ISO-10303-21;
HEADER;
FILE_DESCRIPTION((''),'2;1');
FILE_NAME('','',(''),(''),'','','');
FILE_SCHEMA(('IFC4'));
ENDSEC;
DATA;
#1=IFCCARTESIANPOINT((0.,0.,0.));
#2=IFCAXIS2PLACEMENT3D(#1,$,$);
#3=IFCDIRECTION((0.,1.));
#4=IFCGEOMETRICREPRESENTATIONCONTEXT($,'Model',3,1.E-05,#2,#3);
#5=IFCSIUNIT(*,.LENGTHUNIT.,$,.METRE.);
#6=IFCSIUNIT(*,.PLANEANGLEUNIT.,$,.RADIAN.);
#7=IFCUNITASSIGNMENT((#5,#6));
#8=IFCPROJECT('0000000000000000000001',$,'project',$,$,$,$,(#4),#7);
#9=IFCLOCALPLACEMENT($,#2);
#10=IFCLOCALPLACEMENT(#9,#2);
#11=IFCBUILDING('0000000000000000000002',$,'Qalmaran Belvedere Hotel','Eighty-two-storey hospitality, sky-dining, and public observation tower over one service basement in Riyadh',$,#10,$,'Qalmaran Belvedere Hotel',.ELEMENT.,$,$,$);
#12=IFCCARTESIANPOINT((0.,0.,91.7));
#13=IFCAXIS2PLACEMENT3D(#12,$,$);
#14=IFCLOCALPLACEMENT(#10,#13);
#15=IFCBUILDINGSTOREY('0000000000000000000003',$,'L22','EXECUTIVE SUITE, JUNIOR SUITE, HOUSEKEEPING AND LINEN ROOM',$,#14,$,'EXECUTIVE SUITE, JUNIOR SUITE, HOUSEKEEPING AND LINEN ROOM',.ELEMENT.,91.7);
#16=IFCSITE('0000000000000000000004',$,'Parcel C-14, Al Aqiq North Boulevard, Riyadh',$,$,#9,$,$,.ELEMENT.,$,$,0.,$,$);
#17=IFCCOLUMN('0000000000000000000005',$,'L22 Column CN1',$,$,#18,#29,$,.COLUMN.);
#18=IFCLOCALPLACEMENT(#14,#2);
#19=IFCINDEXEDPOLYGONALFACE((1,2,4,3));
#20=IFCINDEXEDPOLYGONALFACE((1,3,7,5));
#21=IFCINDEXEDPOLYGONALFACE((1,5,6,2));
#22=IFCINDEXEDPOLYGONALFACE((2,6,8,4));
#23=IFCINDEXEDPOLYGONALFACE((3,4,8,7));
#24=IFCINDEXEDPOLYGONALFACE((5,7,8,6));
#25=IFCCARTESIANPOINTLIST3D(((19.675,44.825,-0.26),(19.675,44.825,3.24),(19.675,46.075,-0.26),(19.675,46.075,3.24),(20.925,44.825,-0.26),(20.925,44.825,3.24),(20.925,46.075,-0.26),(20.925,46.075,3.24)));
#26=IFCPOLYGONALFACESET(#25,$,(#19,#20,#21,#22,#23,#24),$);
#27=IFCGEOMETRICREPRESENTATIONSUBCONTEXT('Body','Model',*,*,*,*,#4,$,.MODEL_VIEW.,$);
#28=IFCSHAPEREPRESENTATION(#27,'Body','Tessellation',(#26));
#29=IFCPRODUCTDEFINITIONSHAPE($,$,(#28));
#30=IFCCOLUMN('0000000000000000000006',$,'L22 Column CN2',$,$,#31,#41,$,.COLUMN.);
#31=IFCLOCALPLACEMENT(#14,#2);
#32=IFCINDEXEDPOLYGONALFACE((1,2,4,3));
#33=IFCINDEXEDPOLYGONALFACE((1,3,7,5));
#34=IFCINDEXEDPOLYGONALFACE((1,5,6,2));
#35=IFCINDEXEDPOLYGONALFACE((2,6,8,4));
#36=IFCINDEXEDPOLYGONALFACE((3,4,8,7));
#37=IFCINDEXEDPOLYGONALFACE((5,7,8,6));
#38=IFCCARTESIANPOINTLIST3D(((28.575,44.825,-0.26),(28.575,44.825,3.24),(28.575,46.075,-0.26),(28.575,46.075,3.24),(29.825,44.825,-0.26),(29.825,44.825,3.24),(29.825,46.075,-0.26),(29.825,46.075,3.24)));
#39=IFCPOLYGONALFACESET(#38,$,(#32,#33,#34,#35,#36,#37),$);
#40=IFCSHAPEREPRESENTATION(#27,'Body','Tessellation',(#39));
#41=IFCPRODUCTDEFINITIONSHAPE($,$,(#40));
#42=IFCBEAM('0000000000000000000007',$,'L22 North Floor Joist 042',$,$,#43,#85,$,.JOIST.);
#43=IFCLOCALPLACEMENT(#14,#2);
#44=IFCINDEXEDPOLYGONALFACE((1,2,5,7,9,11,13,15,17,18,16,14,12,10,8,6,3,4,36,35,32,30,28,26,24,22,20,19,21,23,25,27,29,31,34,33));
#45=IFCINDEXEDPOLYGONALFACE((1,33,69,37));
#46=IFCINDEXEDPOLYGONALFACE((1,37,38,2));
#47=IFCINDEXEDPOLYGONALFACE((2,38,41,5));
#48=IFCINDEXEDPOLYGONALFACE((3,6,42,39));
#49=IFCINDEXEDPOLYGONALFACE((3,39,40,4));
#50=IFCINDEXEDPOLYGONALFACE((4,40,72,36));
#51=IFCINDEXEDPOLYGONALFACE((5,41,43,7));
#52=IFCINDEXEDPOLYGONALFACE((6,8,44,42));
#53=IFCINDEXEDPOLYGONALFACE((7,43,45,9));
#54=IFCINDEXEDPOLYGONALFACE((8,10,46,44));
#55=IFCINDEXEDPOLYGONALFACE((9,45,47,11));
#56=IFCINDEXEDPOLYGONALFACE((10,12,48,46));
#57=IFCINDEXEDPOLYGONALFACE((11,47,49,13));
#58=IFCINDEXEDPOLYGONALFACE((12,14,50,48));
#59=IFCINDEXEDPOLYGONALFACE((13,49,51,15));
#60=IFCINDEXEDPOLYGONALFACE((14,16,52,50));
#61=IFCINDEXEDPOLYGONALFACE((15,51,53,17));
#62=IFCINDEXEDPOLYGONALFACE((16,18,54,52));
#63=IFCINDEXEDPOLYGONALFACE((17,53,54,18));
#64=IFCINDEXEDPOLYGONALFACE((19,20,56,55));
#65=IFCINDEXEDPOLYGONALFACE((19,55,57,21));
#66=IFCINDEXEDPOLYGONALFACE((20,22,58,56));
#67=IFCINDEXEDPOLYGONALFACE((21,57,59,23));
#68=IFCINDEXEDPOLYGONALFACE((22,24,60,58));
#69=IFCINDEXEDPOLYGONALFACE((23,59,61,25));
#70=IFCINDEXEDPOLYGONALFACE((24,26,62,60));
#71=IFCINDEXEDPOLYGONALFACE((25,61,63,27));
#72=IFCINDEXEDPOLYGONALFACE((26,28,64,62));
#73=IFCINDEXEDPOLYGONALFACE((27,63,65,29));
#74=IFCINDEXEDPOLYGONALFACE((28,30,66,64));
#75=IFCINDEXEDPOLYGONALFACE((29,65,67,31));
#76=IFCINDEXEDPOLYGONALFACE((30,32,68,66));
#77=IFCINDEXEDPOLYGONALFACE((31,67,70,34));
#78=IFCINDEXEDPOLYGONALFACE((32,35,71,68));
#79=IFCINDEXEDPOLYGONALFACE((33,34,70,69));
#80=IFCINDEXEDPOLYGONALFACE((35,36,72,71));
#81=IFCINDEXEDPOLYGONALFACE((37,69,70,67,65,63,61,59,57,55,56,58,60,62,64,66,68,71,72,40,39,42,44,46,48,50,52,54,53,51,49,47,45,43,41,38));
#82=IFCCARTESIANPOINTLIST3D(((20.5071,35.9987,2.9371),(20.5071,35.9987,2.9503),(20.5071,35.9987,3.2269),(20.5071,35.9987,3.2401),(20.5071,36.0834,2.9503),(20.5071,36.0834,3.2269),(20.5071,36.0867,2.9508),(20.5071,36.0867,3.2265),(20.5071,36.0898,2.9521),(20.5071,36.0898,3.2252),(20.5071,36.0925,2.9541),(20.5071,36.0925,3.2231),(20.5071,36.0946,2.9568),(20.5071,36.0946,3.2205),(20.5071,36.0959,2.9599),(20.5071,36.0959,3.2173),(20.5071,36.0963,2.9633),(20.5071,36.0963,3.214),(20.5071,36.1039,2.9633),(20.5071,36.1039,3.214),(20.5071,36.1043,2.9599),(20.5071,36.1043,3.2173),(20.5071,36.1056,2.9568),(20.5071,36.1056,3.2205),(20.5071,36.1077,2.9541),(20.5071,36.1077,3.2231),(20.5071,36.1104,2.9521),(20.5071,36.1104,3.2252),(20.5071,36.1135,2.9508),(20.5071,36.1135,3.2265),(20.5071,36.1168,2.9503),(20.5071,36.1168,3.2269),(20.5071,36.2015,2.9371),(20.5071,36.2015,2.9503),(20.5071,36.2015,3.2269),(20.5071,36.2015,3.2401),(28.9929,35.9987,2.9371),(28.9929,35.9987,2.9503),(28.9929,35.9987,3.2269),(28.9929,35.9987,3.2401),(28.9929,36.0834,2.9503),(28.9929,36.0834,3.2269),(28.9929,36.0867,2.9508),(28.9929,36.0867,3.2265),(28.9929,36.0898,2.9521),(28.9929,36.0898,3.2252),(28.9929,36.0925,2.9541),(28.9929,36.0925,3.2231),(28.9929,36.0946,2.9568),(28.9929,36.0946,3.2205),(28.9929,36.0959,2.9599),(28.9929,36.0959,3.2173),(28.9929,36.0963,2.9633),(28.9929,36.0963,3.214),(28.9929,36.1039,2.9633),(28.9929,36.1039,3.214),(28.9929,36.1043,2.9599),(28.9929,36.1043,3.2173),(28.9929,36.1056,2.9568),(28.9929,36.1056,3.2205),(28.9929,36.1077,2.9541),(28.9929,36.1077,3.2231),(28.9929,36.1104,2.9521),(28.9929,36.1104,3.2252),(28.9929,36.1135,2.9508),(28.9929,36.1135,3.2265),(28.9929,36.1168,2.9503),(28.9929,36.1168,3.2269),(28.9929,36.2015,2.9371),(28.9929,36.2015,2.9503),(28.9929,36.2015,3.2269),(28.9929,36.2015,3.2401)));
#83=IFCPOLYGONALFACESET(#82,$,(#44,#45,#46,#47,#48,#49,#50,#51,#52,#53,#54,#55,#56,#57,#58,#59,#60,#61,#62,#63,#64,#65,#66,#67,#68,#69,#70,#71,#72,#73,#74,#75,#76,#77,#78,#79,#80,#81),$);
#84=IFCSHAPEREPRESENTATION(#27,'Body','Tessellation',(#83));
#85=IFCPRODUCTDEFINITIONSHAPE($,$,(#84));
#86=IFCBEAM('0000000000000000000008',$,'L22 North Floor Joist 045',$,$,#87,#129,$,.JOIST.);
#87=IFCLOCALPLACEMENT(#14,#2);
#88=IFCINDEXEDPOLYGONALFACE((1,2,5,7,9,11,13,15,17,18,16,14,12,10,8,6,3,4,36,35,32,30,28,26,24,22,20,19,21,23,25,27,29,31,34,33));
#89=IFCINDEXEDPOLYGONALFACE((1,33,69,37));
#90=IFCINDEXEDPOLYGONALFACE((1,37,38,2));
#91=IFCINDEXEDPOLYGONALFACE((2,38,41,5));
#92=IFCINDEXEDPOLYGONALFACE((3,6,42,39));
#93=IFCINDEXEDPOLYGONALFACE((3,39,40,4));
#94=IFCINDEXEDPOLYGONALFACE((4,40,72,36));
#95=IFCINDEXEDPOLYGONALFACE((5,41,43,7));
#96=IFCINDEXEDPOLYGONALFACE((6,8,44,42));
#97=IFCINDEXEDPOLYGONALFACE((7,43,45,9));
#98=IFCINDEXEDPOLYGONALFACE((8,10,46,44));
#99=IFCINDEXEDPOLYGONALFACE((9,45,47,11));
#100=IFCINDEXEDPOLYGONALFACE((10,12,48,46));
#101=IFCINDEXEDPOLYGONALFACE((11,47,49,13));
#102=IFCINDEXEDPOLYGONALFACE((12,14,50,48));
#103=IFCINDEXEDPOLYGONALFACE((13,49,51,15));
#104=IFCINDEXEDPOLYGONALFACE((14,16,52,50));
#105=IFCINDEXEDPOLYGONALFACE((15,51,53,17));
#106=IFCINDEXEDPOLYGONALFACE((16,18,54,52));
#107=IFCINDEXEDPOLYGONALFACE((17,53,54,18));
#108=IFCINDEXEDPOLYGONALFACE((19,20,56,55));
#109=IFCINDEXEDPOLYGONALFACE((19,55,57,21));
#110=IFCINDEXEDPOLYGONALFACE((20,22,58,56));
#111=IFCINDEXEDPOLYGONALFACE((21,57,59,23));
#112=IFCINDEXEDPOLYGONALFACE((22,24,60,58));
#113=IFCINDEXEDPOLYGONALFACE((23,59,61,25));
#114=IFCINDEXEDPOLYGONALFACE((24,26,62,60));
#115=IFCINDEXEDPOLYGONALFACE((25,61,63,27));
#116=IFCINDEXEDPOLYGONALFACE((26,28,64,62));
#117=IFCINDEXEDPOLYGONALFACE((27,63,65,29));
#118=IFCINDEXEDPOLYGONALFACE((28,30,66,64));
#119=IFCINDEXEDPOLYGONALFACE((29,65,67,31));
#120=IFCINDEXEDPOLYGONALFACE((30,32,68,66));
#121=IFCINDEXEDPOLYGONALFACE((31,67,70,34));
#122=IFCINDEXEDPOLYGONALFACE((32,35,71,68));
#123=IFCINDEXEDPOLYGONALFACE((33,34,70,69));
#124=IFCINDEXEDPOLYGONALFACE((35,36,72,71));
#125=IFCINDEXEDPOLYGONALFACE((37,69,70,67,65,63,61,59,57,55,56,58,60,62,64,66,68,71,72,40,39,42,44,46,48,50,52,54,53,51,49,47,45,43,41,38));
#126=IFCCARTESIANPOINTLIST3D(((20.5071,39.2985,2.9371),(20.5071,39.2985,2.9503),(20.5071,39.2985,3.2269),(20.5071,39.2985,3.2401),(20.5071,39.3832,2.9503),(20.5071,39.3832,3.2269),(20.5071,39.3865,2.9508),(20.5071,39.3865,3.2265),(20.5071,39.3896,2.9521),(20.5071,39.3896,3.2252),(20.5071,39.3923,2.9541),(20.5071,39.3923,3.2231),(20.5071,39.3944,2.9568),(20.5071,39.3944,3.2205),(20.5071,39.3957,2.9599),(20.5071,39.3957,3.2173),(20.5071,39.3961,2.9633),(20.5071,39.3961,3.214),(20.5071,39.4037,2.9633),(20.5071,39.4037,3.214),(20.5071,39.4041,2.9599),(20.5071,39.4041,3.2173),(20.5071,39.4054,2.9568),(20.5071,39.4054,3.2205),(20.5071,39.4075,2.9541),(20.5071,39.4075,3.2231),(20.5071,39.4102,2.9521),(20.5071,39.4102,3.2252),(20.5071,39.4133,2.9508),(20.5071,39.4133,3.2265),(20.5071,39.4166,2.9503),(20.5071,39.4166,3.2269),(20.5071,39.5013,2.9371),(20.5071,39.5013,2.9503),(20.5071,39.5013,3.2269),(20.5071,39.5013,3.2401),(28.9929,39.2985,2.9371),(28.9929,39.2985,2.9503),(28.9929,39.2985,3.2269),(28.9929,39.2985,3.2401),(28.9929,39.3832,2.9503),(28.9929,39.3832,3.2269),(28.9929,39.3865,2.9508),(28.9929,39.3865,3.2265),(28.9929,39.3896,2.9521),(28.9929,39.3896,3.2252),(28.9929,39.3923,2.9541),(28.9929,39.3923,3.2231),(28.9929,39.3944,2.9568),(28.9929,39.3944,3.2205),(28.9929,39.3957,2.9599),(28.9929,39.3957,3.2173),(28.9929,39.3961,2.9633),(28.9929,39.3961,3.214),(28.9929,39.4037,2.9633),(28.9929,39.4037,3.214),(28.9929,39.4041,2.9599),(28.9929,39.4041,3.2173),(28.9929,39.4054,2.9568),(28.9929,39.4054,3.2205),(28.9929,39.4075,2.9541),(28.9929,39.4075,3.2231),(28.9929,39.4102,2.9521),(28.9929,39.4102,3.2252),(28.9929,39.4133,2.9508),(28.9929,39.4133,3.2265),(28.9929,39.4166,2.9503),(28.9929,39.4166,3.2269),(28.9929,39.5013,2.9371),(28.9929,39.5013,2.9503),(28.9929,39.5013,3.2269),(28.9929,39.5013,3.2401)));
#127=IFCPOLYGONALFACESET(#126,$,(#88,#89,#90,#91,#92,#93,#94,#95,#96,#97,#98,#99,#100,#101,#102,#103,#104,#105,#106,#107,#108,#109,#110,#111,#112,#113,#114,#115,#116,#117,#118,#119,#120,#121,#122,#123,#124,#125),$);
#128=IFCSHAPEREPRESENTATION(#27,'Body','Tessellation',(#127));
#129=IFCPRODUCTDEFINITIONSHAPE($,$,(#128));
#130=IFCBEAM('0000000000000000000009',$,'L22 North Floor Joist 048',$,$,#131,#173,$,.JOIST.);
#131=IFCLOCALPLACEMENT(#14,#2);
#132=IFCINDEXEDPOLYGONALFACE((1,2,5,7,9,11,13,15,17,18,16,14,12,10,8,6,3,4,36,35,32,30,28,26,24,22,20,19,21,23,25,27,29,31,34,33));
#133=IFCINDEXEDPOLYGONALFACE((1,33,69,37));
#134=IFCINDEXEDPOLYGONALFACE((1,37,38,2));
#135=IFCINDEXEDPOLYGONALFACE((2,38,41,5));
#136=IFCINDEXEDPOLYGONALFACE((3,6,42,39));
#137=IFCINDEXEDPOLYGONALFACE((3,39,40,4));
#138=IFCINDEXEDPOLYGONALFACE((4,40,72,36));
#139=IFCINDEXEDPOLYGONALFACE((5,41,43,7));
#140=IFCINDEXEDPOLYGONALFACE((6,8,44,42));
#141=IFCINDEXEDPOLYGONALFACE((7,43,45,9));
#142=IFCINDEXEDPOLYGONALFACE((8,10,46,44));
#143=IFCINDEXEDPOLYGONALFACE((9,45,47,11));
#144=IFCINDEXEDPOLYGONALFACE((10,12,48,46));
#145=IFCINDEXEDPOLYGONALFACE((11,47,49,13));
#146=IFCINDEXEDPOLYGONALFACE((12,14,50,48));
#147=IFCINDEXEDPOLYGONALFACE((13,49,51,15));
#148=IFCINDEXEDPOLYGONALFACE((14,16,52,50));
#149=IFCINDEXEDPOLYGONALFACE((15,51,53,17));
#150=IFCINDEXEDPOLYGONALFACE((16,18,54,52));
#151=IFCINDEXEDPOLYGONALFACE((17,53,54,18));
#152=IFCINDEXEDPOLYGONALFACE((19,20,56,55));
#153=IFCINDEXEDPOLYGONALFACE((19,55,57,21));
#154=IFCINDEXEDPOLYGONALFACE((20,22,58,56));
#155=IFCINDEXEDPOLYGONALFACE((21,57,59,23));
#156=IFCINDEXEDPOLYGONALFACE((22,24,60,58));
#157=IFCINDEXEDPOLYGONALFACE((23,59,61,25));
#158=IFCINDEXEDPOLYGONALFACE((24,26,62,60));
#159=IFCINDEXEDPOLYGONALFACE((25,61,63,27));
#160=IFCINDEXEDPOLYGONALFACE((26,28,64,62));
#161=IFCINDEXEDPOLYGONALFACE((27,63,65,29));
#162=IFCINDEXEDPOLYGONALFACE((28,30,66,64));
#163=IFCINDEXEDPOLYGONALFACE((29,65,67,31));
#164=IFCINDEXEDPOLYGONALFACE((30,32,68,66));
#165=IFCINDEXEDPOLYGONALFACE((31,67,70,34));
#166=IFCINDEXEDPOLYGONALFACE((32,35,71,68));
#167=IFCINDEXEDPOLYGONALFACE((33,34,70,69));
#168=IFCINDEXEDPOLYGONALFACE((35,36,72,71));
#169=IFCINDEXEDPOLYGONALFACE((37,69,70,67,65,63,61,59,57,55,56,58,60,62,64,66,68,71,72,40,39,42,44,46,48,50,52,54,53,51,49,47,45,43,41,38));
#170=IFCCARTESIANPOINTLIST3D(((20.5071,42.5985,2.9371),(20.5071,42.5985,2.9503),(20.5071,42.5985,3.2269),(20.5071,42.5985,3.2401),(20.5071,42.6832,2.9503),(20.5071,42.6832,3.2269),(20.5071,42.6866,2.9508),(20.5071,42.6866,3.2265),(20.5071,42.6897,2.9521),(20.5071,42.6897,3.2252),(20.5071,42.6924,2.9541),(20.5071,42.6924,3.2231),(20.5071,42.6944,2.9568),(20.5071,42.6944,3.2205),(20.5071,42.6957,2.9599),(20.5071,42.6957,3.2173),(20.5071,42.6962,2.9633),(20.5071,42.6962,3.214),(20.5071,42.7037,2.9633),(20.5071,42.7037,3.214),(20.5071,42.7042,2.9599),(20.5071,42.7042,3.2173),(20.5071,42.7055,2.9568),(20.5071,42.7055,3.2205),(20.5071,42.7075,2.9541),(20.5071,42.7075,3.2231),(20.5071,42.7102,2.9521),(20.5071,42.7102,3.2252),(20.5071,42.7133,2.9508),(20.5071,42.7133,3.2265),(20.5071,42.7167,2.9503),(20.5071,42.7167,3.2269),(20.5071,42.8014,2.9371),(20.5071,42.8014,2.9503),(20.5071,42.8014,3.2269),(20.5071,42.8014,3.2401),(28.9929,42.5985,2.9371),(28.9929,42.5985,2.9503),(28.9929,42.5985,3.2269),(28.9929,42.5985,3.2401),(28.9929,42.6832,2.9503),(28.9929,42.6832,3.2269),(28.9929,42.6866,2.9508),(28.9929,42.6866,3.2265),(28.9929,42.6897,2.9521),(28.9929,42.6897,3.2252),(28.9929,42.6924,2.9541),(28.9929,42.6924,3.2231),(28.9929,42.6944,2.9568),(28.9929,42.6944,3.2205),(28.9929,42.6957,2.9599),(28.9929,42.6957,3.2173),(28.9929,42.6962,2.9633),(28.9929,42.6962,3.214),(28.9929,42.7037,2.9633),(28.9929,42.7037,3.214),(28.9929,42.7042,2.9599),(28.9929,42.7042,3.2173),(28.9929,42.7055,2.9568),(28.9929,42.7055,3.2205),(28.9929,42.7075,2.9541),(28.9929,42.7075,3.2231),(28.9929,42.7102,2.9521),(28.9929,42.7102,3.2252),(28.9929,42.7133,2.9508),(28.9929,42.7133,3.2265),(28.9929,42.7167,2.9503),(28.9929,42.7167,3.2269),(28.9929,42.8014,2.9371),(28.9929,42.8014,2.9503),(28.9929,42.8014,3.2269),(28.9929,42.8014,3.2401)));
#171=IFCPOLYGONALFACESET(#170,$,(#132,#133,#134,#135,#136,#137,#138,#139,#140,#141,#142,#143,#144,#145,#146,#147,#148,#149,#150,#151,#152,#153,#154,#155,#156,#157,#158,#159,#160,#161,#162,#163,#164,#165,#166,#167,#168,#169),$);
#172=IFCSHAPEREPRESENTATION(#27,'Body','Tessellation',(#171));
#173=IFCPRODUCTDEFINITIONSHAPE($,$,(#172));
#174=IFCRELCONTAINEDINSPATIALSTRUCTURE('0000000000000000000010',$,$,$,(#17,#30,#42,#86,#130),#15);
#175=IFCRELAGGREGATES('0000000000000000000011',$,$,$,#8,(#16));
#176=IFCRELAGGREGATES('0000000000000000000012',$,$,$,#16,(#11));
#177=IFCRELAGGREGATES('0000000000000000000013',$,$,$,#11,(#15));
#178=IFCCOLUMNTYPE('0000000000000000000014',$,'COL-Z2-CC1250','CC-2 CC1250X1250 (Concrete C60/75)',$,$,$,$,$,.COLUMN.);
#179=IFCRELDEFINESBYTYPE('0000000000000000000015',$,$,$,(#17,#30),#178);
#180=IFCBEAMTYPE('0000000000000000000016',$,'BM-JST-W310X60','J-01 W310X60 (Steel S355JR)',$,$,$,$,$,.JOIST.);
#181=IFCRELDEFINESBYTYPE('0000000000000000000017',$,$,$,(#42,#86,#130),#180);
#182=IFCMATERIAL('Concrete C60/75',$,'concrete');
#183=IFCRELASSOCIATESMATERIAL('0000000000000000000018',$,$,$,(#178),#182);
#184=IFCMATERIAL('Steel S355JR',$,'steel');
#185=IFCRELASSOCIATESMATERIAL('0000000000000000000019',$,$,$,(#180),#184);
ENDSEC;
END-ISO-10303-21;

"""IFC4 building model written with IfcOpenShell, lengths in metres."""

from ifc_helpers import new_model, si_unit, direction, frame, origin, origin_2d, place, context, subcontext, project, spatial, rectangle, i_section, extrude, material, material_profile, profile_set, type_object, element, save


model = new_model("IFC4")

# Units and contexts
model_context = context("Model", 3, precision=1e-05, world=origin(), true_north=direction((0.0, 1.0)))
body_context = subcontext(model_context, "Body", "Model", "MODEL_VIEW")
ifc_project = project(units=[si_unit("LENGTHUNIT", "METRE"), si_unit("PLANEANGLEUNIT", "RADIAN")], contexts=[model_context])

# Site, building, storey
site_placement = place(None, origin())
site = spatial("IfcSite", under=ifc_project, at=site_placement, Name="Parcel C-14, Al Aqiq North Boulevard, Riyadh", CompositionType="ELEMENT", RefElevation=0.0)
building_placement = place(site_placement, origin())
building = spatial("IfcBuilding", under=site, at=building_placement, Name="Qalmaran Belvedere Hotel", Description="Eighty-two-storey hospitality, sky-dining, and public observation tower over one service basement in Riyadh", LongName="Qalmaran Belvedere Hotel", CompositionType="ELEMENT")
storey_placement = place(building_placement, frame((0.0, 0.0, 91.7)))
storey = spatial("IfcBuildingStorey", under=building, at=storey_placement, Name="L22", Description="EXECUTIVE SUITE, JUNIOR SUITE, HOUSEKEEPING AND LINEN ROOM", LongName="EXECUTIVE SUITE, JUNIOR SUITE, HOUSEKEEPING AND LINEN ROOM", CompositionType="ELEMENT", Elevation=91.7)

# Columns
ifc_material_1 = material(Name="Concrete C60/75", Category="concrete")
ifc_material_profile_1 = material_profile(ifc_material_1, rectangle(XDim=1.25, YDim=1.25, at=origin_2d()), Name="CC1250X1250")
ifc_profile_set_1 = profile_set([ifc_material_profile_1], Name="Concrete C60/75")
column_type = type_object("IfcColumnType", Name="COL-Z2-CC1250", Description="CC-2 CC1250X1250 (Concrete C60/75)", PredefinedType="COLUMN", material=ifc_profile_set_1)
for number, where, z_axis, x_axis, name in (
    (1, (20.3, 45.45, -0.26), (0.0, 0.0, 1.0), (1.0, 0.0, 0.0), "L22 Column CN1"),
    (2, (29.2, 45.45, -0.26), (0.0, 0.0, 1.0), (1.0, 0.0, 0.0), "L22 Column CN2"),
):
    element("IfcColumn", number, at=place(storey_placement, frame(where, z_axis=z_axis, x_axis=x_axis)), inside=storey, type_object=column_type, Name=name, PredefinedType="COLUMN", context=body_context, shape_type="SweptSolid", body=[
        extrude(rectangle(XDim=1.25, YDim=1.25, at=origin_2d()), origin(), (0.0, 0.0, 1.0), 3.5),
    ])

# Beams
ifc_material_2 = material(Name="Steel S355JR", Category="steel")
ifc_material_profile_2 = material_profile(ifc_material_2, i_section(OverallWidth=0.2029, OverallDepth=0.303, WebThickness=0.0076, FlangeThickness=0.0132, FilletRadius=0.0129, at=origin_2d()), Name="W310X60")
ifc_profile_set_2 = profile_set([ifc_material_profile_2], Name="Steel S355JR")
beam_type_1 = type_object("IfcBeamType", Name="BM-JST-W310X60", Description="J-01 W310X60 (Steel S355JR)", PredefinedType="JOIST", material=ifc_profile_set_2)
for number, where, z_axis, x_axis, name in (
    (3, (20.5071, 36.1001, 3.0886), (1.0, 0.0, 0.0), (0.0, 1.0, 0.0), "L22 North Floor Joist 042"),
    (4, (20.5071, 39.3999, 3.0886), (1.0, 0.0, 0.0), (0.0, 1.0, 0.0), "L22 North Floor Joist 045"),
    (5, (20.5071, 42.7, 3.0886), (1.0, 0.0, 0.0), (0.0, 1.0, 0.0), "L22 North Floor Joist 048"),
):
    element("IfcBeam", number, at=place(storey_placement, frame(where, z_axis=z_axis, x_axis=x_axis)), inside=storey, type_object=beam_type_1, Name=name, PredefinedType="JOIST", context=body_context, shape_type="SweptSolid", body=[
        extrude(i_section(OverallWidth=0.2029, OverallDepth=0.303, WebThickness=0.0076, FlangeThickness=0.0132, FilletRadius=0.0129, at=origin_2d()), origin(), (0.0, 0.0, 1.0), 8.4858),
    ])

save(model, "model.ifc")
